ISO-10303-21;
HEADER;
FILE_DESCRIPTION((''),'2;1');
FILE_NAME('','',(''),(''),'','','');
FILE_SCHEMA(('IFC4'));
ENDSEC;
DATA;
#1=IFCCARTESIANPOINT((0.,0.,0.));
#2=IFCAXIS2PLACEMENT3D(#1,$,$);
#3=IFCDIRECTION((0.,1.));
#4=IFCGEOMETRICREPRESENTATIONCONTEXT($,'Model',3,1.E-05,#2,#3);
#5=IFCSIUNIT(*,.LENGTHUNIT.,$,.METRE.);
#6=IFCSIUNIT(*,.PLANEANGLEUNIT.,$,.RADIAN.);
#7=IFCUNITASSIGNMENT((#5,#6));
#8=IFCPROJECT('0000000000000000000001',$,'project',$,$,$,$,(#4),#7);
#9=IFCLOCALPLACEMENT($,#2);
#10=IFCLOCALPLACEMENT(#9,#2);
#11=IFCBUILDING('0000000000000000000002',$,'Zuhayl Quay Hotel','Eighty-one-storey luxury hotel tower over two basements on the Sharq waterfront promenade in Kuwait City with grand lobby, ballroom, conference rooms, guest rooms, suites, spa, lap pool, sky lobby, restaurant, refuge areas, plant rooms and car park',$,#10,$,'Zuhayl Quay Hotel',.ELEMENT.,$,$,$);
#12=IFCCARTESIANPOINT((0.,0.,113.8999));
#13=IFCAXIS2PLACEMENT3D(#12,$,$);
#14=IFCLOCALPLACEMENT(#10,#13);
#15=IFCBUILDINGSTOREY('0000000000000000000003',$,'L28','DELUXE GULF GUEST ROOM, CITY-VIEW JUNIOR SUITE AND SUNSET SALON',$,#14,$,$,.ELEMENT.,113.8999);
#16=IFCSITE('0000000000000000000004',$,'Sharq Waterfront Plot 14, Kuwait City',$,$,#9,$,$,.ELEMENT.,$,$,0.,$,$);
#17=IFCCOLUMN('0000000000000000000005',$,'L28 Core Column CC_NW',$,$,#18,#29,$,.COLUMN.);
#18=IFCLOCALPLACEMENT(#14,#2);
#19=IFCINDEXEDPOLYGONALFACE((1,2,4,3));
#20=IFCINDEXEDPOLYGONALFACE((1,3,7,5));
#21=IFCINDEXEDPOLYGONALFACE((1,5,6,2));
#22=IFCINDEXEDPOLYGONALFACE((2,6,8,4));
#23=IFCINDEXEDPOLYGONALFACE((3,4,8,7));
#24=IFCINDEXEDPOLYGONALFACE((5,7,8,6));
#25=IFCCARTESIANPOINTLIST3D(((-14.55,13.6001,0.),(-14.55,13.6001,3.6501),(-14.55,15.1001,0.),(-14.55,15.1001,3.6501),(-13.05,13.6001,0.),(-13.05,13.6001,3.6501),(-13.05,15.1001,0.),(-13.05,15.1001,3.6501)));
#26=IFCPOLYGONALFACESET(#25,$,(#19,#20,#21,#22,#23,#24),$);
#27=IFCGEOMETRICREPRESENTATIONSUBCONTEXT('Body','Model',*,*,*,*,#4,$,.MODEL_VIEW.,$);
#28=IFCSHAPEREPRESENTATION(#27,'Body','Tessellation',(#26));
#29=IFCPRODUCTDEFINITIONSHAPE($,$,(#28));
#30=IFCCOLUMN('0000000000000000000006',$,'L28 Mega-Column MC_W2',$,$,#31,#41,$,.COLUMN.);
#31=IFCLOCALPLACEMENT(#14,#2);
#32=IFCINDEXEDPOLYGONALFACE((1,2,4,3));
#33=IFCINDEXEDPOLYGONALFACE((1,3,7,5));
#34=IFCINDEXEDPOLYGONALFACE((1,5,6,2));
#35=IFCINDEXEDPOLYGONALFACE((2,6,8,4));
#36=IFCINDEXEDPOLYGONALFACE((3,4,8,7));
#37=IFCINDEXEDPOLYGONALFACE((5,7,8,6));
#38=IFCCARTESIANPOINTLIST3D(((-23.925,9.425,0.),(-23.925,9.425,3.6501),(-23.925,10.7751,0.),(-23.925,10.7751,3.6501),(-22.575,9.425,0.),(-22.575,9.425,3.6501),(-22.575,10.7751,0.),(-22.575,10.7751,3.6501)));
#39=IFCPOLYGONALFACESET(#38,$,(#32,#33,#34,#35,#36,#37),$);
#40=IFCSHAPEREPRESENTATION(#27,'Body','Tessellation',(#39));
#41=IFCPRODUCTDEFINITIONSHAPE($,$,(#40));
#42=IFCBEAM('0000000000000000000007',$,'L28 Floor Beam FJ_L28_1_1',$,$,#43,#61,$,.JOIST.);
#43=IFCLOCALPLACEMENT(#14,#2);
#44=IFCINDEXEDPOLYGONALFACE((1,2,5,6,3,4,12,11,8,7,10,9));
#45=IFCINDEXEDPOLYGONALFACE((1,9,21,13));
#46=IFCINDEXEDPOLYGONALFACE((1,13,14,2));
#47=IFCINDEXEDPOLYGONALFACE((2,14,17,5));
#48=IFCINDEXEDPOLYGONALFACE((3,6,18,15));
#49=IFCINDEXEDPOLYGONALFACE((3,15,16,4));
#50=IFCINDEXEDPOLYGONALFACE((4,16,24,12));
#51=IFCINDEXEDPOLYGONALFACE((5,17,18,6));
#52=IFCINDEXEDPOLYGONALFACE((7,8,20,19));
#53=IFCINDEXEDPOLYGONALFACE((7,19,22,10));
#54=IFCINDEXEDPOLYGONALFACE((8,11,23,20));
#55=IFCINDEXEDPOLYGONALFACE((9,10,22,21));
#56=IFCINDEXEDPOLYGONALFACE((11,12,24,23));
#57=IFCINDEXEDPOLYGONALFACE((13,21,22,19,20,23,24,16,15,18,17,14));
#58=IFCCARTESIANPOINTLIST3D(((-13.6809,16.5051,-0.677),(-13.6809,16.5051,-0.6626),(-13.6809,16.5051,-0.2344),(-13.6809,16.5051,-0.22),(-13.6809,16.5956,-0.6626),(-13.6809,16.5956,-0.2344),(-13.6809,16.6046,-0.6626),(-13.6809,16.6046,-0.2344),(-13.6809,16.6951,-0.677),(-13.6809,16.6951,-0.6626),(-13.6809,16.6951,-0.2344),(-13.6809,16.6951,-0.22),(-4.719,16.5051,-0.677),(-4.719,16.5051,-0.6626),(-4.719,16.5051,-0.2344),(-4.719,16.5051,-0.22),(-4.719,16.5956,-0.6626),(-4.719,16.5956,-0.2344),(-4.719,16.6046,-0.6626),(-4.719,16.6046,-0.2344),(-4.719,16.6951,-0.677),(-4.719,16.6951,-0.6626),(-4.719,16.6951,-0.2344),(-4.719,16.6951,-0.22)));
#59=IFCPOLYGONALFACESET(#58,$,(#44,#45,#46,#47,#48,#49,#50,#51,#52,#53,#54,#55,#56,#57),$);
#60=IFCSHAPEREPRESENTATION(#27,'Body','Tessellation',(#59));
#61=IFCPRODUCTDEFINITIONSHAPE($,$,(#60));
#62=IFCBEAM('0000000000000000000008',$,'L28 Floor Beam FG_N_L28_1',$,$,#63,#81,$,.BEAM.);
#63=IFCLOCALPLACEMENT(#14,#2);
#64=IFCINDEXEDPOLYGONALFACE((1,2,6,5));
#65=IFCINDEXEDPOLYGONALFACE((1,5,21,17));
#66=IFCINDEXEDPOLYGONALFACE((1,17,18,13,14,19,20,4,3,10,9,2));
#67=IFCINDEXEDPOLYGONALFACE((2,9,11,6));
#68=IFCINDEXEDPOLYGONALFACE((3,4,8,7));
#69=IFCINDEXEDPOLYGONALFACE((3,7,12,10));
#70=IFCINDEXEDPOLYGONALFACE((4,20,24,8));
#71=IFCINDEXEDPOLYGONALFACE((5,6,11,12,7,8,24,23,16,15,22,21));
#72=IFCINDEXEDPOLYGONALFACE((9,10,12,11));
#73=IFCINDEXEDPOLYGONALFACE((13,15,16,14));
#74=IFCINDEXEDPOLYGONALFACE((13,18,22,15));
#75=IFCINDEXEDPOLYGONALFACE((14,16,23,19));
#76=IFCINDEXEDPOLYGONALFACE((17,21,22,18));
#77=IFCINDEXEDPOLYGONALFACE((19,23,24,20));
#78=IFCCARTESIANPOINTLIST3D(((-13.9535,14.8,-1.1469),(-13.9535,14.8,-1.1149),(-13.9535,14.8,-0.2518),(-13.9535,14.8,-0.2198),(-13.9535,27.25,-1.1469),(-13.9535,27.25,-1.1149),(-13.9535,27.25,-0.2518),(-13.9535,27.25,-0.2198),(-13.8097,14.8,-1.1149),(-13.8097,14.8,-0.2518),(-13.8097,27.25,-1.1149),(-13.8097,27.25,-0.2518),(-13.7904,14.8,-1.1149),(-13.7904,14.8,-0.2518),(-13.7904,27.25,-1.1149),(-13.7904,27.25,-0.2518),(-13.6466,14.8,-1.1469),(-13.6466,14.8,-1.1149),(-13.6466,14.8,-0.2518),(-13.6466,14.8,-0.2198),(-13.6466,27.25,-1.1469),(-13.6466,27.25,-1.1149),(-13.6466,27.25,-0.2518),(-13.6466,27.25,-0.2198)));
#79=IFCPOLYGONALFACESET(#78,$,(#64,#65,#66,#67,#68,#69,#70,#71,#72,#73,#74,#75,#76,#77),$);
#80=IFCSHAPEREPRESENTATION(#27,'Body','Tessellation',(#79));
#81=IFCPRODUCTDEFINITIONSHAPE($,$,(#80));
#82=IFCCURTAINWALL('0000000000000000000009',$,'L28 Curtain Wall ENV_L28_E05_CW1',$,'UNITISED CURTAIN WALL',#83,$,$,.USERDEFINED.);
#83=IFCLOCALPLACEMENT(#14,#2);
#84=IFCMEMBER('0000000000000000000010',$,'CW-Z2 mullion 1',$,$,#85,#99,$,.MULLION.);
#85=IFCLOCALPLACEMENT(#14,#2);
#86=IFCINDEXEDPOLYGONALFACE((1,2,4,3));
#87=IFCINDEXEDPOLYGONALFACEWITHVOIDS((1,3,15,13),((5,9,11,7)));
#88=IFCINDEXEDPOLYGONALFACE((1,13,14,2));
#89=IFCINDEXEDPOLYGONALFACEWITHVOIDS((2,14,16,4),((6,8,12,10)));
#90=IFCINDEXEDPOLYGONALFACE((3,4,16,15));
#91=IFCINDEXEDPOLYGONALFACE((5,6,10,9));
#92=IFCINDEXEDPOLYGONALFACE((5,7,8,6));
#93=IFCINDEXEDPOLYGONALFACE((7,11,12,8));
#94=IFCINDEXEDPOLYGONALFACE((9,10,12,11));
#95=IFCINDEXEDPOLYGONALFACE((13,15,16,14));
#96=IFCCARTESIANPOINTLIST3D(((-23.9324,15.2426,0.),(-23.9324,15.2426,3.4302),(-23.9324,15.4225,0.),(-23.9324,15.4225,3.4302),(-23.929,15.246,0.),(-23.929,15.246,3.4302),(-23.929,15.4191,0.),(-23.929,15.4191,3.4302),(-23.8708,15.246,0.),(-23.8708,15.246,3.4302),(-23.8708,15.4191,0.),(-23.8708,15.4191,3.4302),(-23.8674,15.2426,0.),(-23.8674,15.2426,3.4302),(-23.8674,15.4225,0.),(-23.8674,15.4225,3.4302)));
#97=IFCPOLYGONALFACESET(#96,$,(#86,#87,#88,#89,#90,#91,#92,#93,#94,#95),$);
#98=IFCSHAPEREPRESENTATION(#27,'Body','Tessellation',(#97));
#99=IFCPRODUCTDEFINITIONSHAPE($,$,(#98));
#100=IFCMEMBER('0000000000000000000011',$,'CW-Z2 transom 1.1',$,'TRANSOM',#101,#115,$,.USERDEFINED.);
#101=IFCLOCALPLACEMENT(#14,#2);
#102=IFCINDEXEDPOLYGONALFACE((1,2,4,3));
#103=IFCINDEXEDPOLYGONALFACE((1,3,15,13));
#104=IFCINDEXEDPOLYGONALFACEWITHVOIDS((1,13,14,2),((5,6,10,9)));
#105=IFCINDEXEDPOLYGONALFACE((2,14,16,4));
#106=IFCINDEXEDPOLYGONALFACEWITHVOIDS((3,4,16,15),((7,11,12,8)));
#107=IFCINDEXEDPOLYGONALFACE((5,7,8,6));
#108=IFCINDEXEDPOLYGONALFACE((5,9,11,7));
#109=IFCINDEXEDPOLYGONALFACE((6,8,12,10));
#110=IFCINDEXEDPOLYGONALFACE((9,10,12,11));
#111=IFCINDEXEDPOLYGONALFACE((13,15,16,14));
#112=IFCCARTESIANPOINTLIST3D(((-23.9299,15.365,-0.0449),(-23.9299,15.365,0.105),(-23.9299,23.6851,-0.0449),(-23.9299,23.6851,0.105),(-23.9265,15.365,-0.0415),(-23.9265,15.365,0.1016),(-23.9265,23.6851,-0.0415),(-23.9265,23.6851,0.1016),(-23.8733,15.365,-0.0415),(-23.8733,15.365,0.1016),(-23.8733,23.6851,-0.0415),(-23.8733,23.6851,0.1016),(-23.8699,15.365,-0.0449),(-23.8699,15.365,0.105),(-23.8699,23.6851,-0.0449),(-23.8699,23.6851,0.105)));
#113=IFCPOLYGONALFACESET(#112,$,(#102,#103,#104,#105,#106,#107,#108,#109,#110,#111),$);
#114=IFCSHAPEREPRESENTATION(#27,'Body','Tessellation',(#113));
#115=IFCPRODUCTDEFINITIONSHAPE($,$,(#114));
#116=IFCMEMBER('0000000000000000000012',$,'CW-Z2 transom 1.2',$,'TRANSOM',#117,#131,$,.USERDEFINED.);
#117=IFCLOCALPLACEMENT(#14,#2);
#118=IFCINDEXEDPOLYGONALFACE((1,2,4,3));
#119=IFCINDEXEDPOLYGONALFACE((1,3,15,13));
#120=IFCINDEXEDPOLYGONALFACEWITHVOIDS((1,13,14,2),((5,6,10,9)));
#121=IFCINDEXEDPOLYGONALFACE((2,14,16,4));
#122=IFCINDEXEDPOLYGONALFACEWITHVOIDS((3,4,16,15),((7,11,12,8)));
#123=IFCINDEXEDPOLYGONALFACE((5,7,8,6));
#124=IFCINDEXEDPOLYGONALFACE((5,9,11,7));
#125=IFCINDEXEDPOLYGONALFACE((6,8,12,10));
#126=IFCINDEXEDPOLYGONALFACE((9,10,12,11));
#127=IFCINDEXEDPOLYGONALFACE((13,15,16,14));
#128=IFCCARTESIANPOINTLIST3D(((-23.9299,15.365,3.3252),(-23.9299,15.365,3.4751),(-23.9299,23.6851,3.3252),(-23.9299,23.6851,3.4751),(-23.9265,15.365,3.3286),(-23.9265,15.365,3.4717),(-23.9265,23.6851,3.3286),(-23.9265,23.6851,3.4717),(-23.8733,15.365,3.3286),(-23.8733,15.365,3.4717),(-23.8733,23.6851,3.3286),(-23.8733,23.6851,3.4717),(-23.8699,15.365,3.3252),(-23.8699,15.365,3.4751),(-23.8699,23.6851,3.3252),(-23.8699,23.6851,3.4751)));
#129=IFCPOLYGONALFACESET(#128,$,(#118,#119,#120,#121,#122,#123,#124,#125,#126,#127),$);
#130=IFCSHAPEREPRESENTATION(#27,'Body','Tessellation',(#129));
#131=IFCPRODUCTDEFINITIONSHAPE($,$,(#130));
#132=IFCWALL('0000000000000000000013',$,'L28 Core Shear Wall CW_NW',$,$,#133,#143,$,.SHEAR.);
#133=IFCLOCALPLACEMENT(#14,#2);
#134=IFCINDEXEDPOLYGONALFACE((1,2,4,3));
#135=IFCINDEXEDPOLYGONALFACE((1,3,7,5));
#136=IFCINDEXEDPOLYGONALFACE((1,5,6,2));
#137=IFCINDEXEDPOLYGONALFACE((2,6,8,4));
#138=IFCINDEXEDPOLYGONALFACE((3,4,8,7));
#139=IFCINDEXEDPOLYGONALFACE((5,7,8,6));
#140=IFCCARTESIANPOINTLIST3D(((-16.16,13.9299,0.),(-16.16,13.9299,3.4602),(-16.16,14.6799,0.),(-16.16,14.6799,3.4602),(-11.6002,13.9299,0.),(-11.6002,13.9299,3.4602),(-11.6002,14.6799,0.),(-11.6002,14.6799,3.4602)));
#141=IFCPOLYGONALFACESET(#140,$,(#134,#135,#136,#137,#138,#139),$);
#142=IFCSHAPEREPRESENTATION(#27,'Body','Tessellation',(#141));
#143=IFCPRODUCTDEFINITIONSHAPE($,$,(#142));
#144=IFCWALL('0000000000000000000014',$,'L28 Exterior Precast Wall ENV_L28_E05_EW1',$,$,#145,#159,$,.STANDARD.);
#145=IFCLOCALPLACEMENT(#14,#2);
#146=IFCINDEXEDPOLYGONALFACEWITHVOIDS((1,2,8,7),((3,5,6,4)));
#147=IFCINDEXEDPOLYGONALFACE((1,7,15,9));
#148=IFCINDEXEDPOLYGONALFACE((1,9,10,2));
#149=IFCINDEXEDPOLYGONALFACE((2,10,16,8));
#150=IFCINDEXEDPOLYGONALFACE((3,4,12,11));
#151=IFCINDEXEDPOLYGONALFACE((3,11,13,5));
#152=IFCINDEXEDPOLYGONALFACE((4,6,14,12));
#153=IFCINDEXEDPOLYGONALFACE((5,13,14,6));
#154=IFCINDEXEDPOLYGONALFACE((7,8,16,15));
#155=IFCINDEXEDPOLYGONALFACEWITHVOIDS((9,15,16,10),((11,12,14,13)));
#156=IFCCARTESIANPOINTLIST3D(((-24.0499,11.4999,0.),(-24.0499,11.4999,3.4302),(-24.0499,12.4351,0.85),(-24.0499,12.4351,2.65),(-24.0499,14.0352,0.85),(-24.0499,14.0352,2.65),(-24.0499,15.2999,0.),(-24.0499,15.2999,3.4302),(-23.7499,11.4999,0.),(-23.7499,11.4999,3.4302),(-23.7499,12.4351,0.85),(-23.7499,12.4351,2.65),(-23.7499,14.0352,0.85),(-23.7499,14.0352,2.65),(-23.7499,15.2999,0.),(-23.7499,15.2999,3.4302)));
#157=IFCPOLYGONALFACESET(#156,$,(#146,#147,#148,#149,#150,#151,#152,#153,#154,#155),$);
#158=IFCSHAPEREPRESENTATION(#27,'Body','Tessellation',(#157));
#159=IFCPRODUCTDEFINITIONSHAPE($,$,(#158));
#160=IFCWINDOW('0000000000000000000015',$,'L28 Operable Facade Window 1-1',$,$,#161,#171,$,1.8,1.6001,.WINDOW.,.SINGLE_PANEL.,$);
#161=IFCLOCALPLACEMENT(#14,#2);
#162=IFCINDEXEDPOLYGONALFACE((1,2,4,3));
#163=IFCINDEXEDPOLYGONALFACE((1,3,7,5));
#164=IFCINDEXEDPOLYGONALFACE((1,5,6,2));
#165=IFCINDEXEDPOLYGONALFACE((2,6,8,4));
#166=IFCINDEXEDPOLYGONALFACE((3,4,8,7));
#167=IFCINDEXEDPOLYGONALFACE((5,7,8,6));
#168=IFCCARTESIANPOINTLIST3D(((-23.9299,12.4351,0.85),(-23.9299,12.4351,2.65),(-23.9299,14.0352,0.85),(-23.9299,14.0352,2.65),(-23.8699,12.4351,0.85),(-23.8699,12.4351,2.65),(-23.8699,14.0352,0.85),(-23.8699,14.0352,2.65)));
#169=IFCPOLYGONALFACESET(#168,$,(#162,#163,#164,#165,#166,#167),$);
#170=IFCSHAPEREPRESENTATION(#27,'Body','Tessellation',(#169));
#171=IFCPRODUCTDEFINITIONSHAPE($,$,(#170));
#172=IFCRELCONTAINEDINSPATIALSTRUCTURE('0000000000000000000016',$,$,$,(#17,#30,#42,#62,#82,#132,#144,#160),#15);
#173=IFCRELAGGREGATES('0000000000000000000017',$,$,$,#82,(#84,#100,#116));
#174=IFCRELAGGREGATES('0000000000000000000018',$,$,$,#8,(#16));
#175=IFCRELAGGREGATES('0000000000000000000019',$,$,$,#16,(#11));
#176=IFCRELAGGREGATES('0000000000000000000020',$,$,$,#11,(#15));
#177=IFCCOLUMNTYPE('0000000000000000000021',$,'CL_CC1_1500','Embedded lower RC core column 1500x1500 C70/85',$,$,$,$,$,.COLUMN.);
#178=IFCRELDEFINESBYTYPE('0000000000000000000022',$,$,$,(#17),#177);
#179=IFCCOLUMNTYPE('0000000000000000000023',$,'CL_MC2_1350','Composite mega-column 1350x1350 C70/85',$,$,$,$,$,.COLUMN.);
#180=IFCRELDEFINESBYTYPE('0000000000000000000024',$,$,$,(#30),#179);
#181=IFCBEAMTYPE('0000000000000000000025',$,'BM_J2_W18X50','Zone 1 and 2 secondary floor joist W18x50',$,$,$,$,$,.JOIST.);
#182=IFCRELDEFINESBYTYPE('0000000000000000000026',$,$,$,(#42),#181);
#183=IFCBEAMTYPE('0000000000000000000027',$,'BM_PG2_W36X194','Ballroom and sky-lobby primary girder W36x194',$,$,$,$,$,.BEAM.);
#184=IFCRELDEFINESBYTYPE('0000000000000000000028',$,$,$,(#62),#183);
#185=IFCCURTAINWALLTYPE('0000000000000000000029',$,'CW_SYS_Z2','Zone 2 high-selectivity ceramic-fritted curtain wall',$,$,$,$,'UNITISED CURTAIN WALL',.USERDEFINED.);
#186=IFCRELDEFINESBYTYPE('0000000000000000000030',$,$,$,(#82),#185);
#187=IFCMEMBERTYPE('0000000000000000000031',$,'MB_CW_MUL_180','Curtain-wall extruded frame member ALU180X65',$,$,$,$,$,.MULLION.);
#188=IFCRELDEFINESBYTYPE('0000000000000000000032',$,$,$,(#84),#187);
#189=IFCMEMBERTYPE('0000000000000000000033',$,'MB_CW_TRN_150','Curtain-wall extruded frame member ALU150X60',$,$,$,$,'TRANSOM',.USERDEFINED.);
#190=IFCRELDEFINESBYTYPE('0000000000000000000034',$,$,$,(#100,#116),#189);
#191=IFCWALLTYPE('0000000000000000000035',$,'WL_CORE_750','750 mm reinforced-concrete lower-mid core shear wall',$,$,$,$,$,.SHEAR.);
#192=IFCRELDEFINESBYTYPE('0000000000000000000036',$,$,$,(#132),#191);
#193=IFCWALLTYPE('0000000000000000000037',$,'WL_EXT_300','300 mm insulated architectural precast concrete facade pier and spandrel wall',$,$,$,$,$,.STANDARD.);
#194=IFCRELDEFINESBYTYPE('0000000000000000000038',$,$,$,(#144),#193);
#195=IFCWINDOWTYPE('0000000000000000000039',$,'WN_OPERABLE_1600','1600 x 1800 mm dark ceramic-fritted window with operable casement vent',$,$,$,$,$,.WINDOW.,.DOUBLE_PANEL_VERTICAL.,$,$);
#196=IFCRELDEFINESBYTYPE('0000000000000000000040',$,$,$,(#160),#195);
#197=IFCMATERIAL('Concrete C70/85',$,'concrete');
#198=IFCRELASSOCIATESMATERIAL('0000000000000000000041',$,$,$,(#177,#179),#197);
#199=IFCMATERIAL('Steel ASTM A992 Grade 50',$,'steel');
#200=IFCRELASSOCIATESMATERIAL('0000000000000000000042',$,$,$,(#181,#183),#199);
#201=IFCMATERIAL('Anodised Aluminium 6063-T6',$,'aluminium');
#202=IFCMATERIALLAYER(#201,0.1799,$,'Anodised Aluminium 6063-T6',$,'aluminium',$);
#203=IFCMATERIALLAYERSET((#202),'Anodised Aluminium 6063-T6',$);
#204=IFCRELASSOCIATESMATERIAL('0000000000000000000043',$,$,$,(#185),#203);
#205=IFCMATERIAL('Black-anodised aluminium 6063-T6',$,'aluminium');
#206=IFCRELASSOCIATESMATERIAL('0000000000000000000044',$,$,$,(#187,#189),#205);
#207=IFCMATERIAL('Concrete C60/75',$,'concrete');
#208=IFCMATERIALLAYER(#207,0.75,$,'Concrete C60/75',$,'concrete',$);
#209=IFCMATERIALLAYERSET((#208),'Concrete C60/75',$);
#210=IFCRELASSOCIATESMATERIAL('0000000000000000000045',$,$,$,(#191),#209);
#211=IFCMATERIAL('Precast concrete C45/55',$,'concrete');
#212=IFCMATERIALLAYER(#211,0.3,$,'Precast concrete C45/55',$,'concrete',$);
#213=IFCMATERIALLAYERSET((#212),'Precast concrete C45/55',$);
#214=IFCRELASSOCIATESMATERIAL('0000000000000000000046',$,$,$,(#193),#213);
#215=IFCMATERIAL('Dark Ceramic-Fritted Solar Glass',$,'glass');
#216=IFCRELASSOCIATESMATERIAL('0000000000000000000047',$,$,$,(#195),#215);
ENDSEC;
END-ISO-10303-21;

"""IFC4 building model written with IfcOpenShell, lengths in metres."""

from ifc_helpers import new_model, si_unit, direction, frame, frame_2d, origin, origin_2d, place, context, subcontext, project, spatial, rectangle, hollow_rectangle, i_section, extrude, material, layer, layer_set, material_profile, profile_set, type_object, element, fill, aggregate, save


model = new_model("IFC4")

# Units and contexts
model_context = context("Model", 3, precision=1e-05, world=origin(), true_north=direction((0.0, 1.0)))
body_context = subcontext(model_context, "Body", "Model", "MODEL_VIEW")
ifc_project = project(units=[si_unit("LENGTHUNIT", "METRE"), si_unit("PLANEANGLEUNIT", "RADIAN")], contexts=[model_context])

# Site, building, storey
site_placement = place(None, origin())
site = spatial("IfcSite", under=ifc_project, at=site_placement, Name="Sharq Waterfront Plot 14, Kuwait City", CompositionType="ELEMENT", RefElevation=0.0)
building_placement = place(site_placement, origin())
building = spatial("IfcBuilding", under=site, at=building_placement, Name="Zuhayl Quay Hotel", Description="Eighty-one-storey luxury hotel tower over two basements on the Sharq waterfront promenade in Kuwait City with grand lobby, ballroom, conference rooms, guest rooms, suites, spa, lap pool, sky lobby, restaurant, refuge areas, plant rooms and car park", LongName="Zuhayl Quay Hotel", CompositionType="ELEMENT")
storey_placement = place(building_placement, frame((0.0, 0.0, 113.8999)))
storey = spatial("IfcBuildingStorey", under=building, at=storey_placement, Name="L28", Description="DELUXE GULF GUEST ROOM, CITY-VIEW JUNIOR SUITE AND SUNSET SALON", CompositionType="ELEMENT", Elevation=113.8999)

# Columns
ifc_material_1 = material(Name="Concrete C70/85", Category="concrete")
ifc_material_profile_1 = material_profile(ifc_material_1, rectangle(XDim=1.5, YDim=1.5, at=origin_2d()), Name="RC1500X1500")
ifc_profile_set_1 = profile_set([ifc_material_profile_1], Name="Concrete C70/85")
column_type_1 = type_object("IfcColumnType", Name="CL_CC1_1500", Description="Embedded lower RC core column 1500x1500 C70/85", PredefinedType="COLUMN", material=ifc_profile_set_1)
column_1_placement = place(storey_placement, frame((-13.8, 14.3501, 0.0), z_axis=(0.0, 0.0, 1.0), x_axis=(1.0, 0.0, 0.0)))
element("IfcColumn", 1, at=column_1_placement, inside=storey, type_object=column_type_1, Name="L28 Core Column CC_NW", PredefinedType="COLUMN", context=body_context, shape_type="SweptSolid", body=[
    extrude(rectangle(XDim=1.5, YDim=1.5, at=origin_2d()), origin(), (0.0, 0.0, 1.0), 3.6501),
])
ifc_material_profile_2 = material_profile(ifc_material_1, rectangle(XDim=1.3501, YDim=1.3501, at=origin_2d()), Name="RC1350X1350")
ifc_profile_set_2 = profile_set([ifc_material_profile_2], Name="Concrete C70/85")
column_type_2 = type_object("IfcColumnType", Name="CL_MC2_1350", Description="Composite mega-column 1350x1350 C70/85", PredefinedType="COLUMN", material=ifc_profile_set_2)
column_2_placement = place(storey_placement, frame((-23.25, 10.1001, 0.0), z_axis=(0.0, 0.0, 1.0), x_axis=(1.0, 0.0, 0.0)))
element("IfcColumn", 2, at=column_2_placement, inside=storey, type_object=column_type_2, Name="L28 Mega-Column MC_W2", PredefinedType="COLUMN", context=body_context, shape_type="SweptSolid", body=[
    extrude(rectangle(XDim=1.3501, YDim=1.3501, at=origin_2d()), origin(), (0.0, 0.0, 1.0), 3.6501),
])

# Beams
ifc_material_2 = material(Name="Steel ASTM A992 Grade 50", Category="steel")
ifc_material_profile_3 = material_profile(ifc_material_2, i_section(OverallWidth=0.1899, OverallDepth=0.457, WebThickness=0.009, FlangeThickness=0.0144, at=origin_2d()), Name="W18X50")
ifc_profile_set_3 = profile_set([ifc_material_profile_3], Name="Steel ASTM A992 Grade 50")
beam_type_1 = type_object("IfcBeamType", Name="BM_J2_W18X50", Description="Zone 1 and 2 secondary floor joist W18x50", PredefinedType="JOIST", material=ifc_profile_set_3)
beam_1_placement = place(storey_placement, frame((-13.6809, 16.6001, -0.4485), z_axis=(1.0, 0.0, 0.0), x_axis=(0.0, 1.0, 0.0)))
element("IfcBeam", 3, at=beam_1_placement, inside=storey, type_object=beam_type_1, Name="L28 Floor Beam FJ_L28_1_1", PredefinedType="JOIST", context=body_context, shape_type="SweptSolid", body=[
    extrude(i_section(OverallWidth=0.1899, OverallDepth=0.457, WebThickness=0.009, FlangeThickness=0.0144, at=origin_2d()), origin(), (0.0, 0.0, 1.0), 8.9619),
])
ifc_material_profile_4 = material_profile(ifc_material_2, i_section(OverallWidth=0.3069, OverallDepth=0.927, WebThickness=0.0193, FlangeThickness=0.032, at=origin_2d()), Name="W36X194")
ifc_profile_set_4 = profile_set([ifc_material_profile_4], Name="Steel ASTM A992 Grade 50")
beam_type_2 = type_object("IfcBeamType", Name="BM_PG2_W36X194", Description="Ballroom and sky-lobby primary girder W36x194", PredefinedType="BEAM", material=ifc_profile_set_4)
beam_2_placement = place(storey_placement, frame((-13.8, 14.8, -0.6833), z_axis=(0.0, 1.0, 0.0), x_axis=(-1.0, 0.0, 0.0)))
element("IfcBeam", 4, at=beam_2_placement, inside=storey, type_object=beam_type_2, Name="L28 Floor Beam FG_N_L28_1", PredefinedType="BEAM", context=body_context, shape_type="SweptSolid", body=[
    extrude(i_section(OverallWidth=0.3069, OverallDepth=0.927, WebThickness=0.0193, FlangeThickness=0.032, at=origin_2d()), origin(), (0.0, 0.0, 1.0), 12.45),
])

# Curtain wall, members
ifc_material_3 = material(Name="Anodised Aluminium 6063-T6", Category="aluminium")
ifc_layer_1 = layer(ifc_material_3, 0.1799, Name="Anodised Aluminium 6063-T6", Category="aluminium")
ifc_layer_set_1 = layer_set([ifc_layer_1], Name="Anodised Aluminium 6063-T6")
curtain_wall_type = type_object("IfcCurtainWallType", Name="CW_SYS_Z2", Description="Zone 2 high-selectivity ceramic-fritted curtain wall", ElementType="UNITISED CURTAIN WALL", PredefinedType="USERDEFINED", material=ifc_layer_set_1)
curtain_wall_placement = place(storey_placement, origin())
curtain_wall = element("IfcCurtainWall", 5, at=curtain_wall_placement, inside=storey, type_object=curtain_wall_type, Name="L28 Curtain Wall ENV_L28_E05_CW1", ObjectType="UNITISED CURTAIN WALL", PredefinedType="USERDEFINED")
ifc_material_4 = material(Name="Black-anodised aluminium 6063-T6", Category="aluminium")
ifc_material_profile_5 = material_profile(ifc_material_4, hollow_rectangle(XDim=0.0649, YDim=0.1799, WallThickness=0.0034, at=origin_2d()), Name="ALU180X65")
ifc_profile_set_5 = profile_set([ifc_material_profile_5], Name="Black-anodised aluminium 6063-T6")
member_type_1 = type_object("IfcMemberType", Name="MB_CW_MUL_180", Description="Curtain-wall extruded frame member ALU180X65", PredefinedType="MULLION", material=ifc_profile_set_5)
member_1_placement = place(storey_placement, frame((-23.8999, 15.3325, 0.0), z_axis=(0.0, 0.0, 1.0), x_axis=(-1.0, 0.0, 0.0)))
member_1 = element("IfcMember", 6, at=member_1_placement, type_object=member_type_1, Name="CW-Z2 mullion 1", PredefinedType="MULLION", context=body_context, shape_type="SweptSolid", body=[
    extrude(hollow_rectangle(XDim=0.0649, YDim=0.1799, WallThickness=0.0034, at=origin_2d()), origin(), (0.0, 0.0, 1.0), 3.4302),
])
ifc_material_profile_6 = material_profile(ifc_material_4, hollow_rectangle(XDim=0.0601, YDim=0.1499, WallThickness=0.0034, at=origin_2d()), Name="ALU150X60")
ifc_profile_set_6 = profile_set([ifc_material_profile_6], Name="Black-anodised aluminium 6063-T6")
member_type_2 = type_object("IfcMemberType", Name="MB_CW_TRN_150", Description="Curtain-wall extruded frame member ALU150X60", ElementType="TRANSOM", PredefinedType="USERDEFINED", material=ifc_profile_set_6)
member_2_placement = place(storey_placement, frame((-23.8999, 15.365, 0.03), z_axis=(0.0, 1.0, 0.0), x_axis=(-1.0, 0.0, 0.0)))
member_2 = element("IfcMember", 7, at=member_2_placement, type_object=member_type_2, Name="CW-Z2 transom 1.1", ObjectType="TRANSOM", PredefinedType="USERDEFINED", context=body_context, shape_type="SweptSolid", body=[
    extrude(hollow_rectangle(XDim=0.0601, YDim=0.1499, WallThickness=0.0034, at=origin_2d()), origin(), (0.0, 0.0, 1.0), 8.3201),
])
member_3_placement = place(storey_placement, frame((-23.8999, 15.365, 3.4001), z_axis=(0.0, 1.0, 0.0), x_axis=(-1.0, 0.0, 0.0)))
member_3 = element("IfcMember", 8, at=member_3_placement, type_object=member_type_2, Name="CW-Z2 transom 1.2", ObjectType="TRANSOM", PredefinedType="USERDEFINED", context=body_context, shape_type="SweptSolid", body=[
    extrude(hollow_rectangle(XDim=0.0601, YDim=0.1499, WallThickness=0.0034, at=origin_2d()), origin(), (0.0, 0.0, 1.0), 8.3201),
])
aggregate(curtain_wall, [member_1, member_2, member_3])

# Wall
ifc_material_5 = material(Name="Concrete C60/75", Category="concrete")
ifc_layer_2 = layer(ifc_material_5, 0.75, Name="Concrete C60/75", Category="concrete")
ifc_layer_set_2 = layer_set([ifc_layer_2], Name="Concrete C60/75")
wall_type_1 = type_object("IfcWallType", Name="WL_CORE_750", Description="750 mm reinforced-concrete lower-mid core shear wall", PredefinedType="SHEAR", material=ifc_layer_set_2)
wall_1_placement = place(storey_placement, frame((-16.1599, 14.3049, 0.0), z_axis=(0.0, 0.0, 1.0), x_axis=(1.0, 0.0, 0.0)))
element("IfcWall", 9, at=wall_1_placement, inside=storey, type_object=wall_type_1, Name="L28 Core Shear Wall CW_NW", PredefinedType="SHEAR", context=body_context, shape_type="SweptSolid", body=[
    extrude(rectangle(XDim=4.5598, YDim=0.75, at=frame_2d((2.2798, 0.0))), origin(), (0.0, 0.0, 1.0), 3.4602),
])

# Wall, opening, window
ifc_material_6 = material(Name="Precast concrete C45/55", Category="concrete")
ifc_layer_3 = layer(ifc_material_6, 0.3, Name="Precast concrete C45/55", Category="concrete")
ifc_layer_set_3 = layer_set([ifc_layer_3], Name="Precast concrete C45/55")
wall_type_2 = type_object("IfcWallType", Name="WL_EXT_300", Description="300 mm insulated architectural precast concrete facade pier and spandrel wall", PredefinedType="STANDARD", material=ifc_layer_set_3)
wall_2_placement = place(storey_placement, frame((-23.8999, 11.5, 0.0), z_axis=(0.0, 0.0, 1.0), x_axis=(0.0, 1.0, 0.0)))
wall_2 = element("IfcWall", 10, at=wall_2_placement, inside=storey, type_object=wall_type_2, Name="L28 Exterior Precast Wall ENV_L28_E05_EW1", PredefinedType="STANDARD", context=body_context, shape_type="SweptSolid", body=[
    extrude(rectangle(XDim=3.8, YDim=0.3, at=frame_2d((1.8999, 0.0))), origin(), (0.0, 0.0, 1.0), 3.4302),
])
opening_1_placement = place(wall_2_placement, frame((0.9351, 0.0, 0.8501)))
opening_1 = element("IfcOpeningElement", 11, at=opening_1_placement, cuts=wall_2, PredefinedType="OPENING", context=body_context, shape_type="SweptSolid", body=[
    extrude(rectangle(XDim=1.6001, YDim=1.8, at=frame_2d((0.8, 0.8999))), frame((0.0, 0.1599, 0.0), z_axis=(0.0, -1.0, 0.0), x_axis=(1.0, 0.0, 0.0)), (0.0, 0.0, 1.0), 0.3201),
])
ifc_material_7 = material(Name="Dark Ceramic-Fritted Solar Glass", Category="glass")
window_type = type_object("IfcWindowType", Name="WN_OPERABLE_1600", Description="1600 x 1800 mm dark ceramic-fritted window with operable casement vent", PartitioningType="DOUBLE_PANEL_VERTICAL", PredefinedType="WINDOW", material=ifc_material_7)
window_placement = place(opening_1_placement, origin())
window = element("IfcWindow", 12, at=window_placement, inside=storey, type_object=window_type, Name="L28 Operable Facade Window 1-1", OverallHeight=1.8, OverallWidth=1.6001, PartitioningType="SINGLE_PANEL", PredefinedType="WINDOW", context=body_context, shape_type="SweptSolid", body=[
    extrude(rectangle(XDim=1.6001, YDim=1.8, at=frame_2d((0.8, 0.8999))), frame((0.0, 0.03, 0.0), z_axis=(0.0, -1.0, 0.0), x_axis=(1.0, 0.0, 0.0)), (0.0, 0.0, 1.0), 0.0601),
])
fill(opening_1, window)

save(model, "model.ifc")
